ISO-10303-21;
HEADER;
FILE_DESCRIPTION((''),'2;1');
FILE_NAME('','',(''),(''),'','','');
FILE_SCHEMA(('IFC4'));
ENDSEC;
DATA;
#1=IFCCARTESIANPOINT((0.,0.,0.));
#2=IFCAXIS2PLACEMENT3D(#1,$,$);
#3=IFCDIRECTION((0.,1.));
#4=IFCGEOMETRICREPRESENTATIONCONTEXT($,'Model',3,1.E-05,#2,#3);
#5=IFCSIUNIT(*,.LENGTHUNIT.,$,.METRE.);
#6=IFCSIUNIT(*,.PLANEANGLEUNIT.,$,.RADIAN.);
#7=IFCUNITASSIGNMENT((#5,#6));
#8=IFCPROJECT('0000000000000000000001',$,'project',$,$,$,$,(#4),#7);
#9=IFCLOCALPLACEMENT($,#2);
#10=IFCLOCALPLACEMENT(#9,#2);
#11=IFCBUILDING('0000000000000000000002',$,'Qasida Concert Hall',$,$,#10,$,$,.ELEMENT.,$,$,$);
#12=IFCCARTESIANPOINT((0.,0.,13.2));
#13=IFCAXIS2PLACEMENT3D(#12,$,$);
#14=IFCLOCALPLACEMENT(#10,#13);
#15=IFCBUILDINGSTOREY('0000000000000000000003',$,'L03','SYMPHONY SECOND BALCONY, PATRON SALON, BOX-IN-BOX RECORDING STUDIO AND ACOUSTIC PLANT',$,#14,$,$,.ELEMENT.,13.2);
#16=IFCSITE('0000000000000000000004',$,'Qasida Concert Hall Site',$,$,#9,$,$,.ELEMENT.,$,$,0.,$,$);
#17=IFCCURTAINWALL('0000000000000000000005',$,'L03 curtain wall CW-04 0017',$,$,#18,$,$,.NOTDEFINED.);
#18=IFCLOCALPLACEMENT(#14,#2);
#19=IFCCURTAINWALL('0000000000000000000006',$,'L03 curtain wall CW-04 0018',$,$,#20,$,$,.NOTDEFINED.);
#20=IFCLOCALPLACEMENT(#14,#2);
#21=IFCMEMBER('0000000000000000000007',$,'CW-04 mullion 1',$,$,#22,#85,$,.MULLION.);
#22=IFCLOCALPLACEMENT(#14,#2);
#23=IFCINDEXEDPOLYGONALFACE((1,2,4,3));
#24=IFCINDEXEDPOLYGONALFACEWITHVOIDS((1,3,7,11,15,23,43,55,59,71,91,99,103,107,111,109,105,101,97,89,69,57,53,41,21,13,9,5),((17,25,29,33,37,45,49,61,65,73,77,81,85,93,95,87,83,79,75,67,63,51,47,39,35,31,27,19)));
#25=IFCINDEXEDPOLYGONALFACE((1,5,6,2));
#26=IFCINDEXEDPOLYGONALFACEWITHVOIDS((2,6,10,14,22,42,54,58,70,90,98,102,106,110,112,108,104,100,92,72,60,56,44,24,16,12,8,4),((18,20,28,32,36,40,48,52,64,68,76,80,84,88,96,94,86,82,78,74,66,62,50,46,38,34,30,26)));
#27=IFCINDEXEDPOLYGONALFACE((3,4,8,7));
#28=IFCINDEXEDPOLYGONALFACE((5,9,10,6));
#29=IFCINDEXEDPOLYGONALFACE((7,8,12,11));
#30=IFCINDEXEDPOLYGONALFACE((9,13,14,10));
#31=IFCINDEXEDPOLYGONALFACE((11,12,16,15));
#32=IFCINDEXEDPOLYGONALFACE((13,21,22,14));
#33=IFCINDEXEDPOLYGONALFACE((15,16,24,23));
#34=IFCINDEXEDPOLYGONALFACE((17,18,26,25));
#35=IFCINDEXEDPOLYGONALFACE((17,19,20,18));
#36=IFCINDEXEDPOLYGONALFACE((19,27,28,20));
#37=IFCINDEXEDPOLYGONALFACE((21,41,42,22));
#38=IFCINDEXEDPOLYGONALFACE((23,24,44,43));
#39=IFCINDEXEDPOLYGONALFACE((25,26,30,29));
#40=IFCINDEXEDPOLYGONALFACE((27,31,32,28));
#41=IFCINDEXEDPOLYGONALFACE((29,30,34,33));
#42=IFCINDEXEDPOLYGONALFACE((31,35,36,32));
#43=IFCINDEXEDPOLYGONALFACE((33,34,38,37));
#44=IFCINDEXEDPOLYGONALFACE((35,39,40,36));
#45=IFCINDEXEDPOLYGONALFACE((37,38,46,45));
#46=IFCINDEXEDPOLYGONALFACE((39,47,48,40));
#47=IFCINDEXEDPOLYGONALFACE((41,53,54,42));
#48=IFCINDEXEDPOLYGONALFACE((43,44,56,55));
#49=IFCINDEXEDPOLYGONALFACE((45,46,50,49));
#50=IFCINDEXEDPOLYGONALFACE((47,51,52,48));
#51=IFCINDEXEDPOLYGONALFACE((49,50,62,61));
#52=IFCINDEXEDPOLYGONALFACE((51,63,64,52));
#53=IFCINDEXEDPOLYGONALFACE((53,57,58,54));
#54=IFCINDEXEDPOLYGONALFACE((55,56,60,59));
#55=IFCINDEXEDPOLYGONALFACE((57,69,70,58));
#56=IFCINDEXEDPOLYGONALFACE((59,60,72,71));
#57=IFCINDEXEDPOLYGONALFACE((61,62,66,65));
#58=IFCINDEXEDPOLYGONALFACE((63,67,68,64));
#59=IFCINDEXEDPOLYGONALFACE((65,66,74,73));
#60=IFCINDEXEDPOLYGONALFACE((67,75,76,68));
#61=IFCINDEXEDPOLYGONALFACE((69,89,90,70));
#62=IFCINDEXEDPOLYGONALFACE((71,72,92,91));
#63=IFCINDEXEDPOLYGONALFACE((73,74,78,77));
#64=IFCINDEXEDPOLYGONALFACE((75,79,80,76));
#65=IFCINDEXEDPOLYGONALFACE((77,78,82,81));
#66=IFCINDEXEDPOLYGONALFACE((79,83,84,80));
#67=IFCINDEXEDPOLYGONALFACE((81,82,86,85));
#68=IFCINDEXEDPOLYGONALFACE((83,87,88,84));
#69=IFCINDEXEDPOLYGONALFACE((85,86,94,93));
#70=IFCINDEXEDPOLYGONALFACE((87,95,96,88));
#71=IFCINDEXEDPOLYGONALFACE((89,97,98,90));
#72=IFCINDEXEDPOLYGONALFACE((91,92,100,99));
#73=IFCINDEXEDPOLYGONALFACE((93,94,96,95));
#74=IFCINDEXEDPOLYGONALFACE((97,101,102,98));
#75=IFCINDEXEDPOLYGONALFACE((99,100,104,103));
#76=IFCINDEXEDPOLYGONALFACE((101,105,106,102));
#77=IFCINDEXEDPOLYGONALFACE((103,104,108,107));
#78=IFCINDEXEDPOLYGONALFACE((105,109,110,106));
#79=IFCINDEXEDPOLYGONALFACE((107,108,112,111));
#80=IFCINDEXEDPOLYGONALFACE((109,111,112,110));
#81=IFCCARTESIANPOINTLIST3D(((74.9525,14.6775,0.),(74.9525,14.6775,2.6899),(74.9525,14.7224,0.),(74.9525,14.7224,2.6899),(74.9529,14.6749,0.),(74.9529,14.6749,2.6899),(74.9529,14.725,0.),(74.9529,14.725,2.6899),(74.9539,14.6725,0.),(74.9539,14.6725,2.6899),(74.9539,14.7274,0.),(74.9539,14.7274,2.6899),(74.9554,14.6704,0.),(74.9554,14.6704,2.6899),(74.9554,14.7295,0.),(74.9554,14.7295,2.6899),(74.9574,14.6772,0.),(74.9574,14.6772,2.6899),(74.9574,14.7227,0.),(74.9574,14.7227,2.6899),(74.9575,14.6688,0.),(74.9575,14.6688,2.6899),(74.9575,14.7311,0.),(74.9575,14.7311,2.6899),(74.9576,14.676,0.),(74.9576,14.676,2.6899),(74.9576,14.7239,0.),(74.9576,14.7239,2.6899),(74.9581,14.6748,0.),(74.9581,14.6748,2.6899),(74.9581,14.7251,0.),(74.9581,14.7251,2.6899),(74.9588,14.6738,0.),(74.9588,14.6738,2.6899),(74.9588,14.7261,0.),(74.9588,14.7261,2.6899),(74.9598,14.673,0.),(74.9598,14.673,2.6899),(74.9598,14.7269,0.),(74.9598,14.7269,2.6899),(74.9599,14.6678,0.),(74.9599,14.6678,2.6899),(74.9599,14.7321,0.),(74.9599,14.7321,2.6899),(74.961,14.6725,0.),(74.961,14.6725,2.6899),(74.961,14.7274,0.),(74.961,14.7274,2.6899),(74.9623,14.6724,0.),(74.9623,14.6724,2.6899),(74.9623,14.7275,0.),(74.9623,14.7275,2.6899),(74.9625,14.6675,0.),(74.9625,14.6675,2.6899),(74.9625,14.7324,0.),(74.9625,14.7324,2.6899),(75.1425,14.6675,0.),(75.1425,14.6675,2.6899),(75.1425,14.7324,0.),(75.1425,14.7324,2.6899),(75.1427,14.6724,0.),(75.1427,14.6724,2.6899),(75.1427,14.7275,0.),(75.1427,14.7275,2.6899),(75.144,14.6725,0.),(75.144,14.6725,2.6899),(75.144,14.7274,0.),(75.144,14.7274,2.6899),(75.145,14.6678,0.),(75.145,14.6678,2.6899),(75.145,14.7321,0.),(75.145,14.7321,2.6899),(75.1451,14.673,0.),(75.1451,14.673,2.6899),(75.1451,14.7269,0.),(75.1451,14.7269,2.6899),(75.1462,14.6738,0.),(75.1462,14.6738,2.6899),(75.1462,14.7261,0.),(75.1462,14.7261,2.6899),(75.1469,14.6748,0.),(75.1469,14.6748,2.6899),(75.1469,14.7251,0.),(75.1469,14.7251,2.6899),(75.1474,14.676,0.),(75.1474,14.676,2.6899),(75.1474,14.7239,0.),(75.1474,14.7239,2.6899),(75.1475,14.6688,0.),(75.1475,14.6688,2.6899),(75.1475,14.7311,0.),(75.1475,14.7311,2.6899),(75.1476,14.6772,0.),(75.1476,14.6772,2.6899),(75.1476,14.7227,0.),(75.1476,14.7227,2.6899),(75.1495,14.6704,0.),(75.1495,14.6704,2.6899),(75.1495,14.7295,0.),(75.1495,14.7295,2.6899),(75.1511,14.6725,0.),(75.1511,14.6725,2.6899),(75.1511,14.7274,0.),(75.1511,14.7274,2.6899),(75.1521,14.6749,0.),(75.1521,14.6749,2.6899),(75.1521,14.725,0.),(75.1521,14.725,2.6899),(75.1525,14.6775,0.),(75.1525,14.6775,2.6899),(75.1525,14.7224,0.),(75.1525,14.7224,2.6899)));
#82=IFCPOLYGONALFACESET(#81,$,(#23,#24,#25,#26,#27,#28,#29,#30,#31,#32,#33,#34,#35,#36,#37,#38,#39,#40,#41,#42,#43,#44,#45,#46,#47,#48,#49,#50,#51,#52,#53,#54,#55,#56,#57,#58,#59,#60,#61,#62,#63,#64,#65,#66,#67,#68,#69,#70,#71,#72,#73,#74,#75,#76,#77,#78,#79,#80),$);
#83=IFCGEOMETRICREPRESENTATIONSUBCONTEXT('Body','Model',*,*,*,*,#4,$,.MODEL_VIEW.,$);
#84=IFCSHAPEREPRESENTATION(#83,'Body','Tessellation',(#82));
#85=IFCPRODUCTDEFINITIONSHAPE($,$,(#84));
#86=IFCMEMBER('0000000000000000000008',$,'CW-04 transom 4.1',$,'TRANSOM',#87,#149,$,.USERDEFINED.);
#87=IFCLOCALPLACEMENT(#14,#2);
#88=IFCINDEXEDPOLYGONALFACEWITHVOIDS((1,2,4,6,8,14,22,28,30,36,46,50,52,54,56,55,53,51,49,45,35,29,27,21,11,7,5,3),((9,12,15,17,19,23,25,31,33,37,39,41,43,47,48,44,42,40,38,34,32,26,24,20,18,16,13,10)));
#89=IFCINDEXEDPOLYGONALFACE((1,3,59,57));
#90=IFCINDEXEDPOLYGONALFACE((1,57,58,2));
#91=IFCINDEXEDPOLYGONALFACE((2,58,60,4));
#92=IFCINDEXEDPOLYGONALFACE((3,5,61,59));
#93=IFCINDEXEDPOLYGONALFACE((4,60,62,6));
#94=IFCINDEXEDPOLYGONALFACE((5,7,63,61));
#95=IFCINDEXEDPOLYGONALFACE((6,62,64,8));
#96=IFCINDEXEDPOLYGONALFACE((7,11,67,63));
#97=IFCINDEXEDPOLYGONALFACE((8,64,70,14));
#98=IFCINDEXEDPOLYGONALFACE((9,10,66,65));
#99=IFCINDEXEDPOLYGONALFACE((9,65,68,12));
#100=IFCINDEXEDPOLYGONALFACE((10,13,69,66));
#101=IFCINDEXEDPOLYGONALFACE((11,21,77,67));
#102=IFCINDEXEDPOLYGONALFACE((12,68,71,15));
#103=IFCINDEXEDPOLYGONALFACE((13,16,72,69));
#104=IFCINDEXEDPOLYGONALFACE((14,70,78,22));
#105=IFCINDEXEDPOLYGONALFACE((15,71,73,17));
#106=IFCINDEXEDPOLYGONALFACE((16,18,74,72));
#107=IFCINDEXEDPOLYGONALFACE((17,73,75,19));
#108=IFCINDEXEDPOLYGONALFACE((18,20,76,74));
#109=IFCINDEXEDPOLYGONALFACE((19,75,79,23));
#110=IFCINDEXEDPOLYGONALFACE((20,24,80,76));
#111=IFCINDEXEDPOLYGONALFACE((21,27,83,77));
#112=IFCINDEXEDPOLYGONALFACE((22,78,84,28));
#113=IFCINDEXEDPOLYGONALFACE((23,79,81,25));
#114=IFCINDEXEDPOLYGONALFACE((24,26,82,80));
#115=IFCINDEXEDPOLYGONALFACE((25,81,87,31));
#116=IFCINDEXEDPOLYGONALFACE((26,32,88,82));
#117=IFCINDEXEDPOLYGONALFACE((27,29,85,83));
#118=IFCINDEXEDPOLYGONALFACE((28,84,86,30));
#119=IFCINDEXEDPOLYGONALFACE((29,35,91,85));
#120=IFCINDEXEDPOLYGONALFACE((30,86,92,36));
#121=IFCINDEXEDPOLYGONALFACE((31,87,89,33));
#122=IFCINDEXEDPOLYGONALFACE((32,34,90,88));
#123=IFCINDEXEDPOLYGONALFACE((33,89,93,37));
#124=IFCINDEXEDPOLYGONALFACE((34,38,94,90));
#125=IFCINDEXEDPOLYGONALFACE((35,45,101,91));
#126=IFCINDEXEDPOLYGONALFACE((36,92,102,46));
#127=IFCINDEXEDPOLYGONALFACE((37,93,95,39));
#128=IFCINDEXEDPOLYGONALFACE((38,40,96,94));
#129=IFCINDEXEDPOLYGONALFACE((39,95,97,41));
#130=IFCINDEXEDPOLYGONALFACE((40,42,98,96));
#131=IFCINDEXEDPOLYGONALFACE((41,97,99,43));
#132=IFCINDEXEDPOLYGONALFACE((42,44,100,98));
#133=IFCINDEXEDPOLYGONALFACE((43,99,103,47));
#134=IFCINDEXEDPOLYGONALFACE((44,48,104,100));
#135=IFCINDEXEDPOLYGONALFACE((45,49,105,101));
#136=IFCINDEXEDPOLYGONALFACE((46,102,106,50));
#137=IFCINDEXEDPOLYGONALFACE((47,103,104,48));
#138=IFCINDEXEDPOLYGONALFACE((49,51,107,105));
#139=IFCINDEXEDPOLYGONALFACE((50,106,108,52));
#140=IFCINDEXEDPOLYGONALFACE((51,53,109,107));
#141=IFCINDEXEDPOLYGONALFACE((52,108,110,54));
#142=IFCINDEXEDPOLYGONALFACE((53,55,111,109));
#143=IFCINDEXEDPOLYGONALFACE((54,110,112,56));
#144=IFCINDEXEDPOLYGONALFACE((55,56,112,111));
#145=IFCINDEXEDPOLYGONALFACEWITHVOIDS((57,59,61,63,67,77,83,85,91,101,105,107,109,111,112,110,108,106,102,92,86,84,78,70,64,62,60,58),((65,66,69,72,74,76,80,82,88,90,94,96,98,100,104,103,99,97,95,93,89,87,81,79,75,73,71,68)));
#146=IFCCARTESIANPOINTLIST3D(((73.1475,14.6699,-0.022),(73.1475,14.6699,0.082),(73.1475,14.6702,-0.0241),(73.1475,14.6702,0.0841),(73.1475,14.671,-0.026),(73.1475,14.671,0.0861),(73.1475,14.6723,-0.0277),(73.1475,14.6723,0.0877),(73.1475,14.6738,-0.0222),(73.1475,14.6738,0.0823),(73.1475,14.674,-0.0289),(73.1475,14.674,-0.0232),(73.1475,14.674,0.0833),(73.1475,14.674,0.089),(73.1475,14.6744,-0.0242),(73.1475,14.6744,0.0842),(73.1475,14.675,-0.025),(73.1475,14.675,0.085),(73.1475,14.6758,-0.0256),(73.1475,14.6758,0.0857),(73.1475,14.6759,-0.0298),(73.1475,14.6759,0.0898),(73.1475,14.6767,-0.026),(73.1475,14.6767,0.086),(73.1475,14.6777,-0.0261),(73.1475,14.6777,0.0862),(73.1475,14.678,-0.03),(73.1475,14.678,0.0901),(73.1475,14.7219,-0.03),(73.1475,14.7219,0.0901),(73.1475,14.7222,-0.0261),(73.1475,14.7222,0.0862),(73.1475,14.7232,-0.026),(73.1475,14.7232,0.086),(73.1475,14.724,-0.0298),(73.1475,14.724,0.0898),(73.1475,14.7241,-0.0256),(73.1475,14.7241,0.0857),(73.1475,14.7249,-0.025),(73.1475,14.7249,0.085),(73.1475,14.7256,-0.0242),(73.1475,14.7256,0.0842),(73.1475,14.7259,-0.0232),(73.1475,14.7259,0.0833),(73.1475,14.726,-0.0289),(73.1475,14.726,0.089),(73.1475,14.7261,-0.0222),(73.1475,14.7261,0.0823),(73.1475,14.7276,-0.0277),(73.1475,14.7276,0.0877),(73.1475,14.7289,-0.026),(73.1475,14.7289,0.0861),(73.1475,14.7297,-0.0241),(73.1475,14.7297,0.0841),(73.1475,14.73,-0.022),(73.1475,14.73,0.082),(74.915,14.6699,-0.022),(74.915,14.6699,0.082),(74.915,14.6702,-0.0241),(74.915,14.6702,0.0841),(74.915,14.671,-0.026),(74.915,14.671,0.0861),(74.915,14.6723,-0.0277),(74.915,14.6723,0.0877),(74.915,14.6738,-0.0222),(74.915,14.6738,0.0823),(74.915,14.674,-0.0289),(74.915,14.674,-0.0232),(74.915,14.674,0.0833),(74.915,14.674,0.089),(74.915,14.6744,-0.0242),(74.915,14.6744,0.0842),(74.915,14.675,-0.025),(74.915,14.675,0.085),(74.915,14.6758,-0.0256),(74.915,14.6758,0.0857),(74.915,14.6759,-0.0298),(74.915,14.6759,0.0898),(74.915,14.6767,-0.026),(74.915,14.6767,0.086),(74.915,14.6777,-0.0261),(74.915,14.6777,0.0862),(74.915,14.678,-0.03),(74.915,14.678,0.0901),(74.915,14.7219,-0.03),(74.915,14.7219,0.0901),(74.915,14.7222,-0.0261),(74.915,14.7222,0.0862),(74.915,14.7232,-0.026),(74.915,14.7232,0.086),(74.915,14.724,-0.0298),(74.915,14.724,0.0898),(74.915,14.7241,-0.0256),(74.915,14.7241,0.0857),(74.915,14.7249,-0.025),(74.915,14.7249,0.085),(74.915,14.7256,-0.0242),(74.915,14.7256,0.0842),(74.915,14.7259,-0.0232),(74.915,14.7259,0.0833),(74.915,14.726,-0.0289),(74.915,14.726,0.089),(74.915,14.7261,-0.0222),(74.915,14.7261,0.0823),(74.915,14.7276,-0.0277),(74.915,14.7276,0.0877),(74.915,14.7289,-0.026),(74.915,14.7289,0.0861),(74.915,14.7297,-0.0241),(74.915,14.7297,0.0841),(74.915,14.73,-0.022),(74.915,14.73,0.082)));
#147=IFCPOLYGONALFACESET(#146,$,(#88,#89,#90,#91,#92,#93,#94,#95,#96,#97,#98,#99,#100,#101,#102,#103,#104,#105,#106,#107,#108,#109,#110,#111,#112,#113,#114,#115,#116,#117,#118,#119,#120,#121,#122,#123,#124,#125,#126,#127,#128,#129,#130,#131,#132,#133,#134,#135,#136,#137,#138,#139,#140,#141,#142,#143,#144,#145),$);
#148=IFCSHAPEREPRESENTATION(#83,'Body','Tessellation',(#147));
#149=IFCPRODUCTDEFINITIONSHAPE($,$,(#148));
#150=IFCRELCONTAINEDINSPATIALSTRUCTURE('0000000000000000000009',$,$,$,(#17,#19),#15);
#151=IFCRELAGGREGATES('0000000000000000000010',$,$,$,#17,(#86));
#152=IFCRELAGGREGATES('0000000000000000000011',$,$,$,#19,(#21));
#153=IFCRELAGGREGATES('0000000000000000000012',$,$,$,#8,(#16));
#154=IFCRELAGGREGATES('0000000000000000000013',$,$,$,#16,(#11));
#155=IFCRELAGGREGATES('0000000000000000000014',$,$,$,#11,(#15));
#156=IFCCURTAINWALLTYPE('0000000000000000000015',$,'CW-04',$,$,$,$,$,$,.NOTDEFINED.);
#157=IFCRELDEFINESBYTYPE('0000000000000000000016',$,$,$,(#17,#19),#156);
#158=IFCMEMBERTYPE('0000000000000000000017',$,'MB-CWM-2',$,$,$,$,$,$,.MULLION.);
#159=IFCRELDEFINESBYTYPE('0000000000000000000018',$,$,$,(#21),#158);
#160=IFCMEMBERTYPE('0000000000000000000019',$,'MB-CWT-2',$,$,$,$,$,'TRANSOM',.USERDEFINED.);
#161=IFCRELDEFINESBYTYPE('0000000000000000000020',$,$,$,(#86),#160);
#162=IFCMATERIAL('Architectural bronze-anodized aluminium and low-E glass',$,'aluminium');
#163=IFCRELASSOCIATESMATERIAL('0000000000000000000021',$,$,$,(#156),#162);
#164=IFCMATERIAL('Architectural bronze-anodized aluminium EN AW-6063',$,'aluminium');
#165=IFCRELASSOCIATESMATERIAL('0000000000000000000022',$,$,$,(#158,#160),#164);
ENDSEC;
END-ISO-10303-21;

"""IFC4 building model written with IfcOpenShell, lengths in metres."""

from ifc_helpers import new_model, si_unit, direction, frame, origin, origin_2d, place, context, subcontext, project, spatial, hollow_rectangle, extrude, material, material_profile, profile_set, type_object, element, aggregate, save


model = new_model("IFC4")

# Units and contexts
model_context = context("Model", 3, precision=1e-05, world=origin(), true_north=direction((0.0, 1.0)))
body_context = subcontext(model_context, "Body", "Model", "MODEL_VIEW")
ifc_project = project(units=[si_unit("LENGTHUNIT", "METRE"), si_unit("PLANEANGLEUNIT", "RADIAN")], contexts=[model_context])

# Site, building, storey
site_placement = place(None, origin())
site = spatial("IfcSite", under=ifc_project, at=site_placement, Name="Qasida Concert Hall Site", CompositionType="ELEMENT", RefElevation=0.0)
building_placement = place(site_placement, origin())
building = spatial("IfcBuilding", under=site, at=building_placement, Name="Qasida Concert Hall", CompositionType="ELEMENT")
storey_placement = place(building_placement, frame((0.0, 0.0, 13.2)))
storey = spatial("IfcBuildingStorey", under=building, at=storey_placement, Name="L03", Description="SYMPHONY SECOND BALCONY, PATRON SALON, BOX-IN-BOX RECORDING STUDIO AND ACOUSTIC PLANT", CompositionType="ELEMENT", Elevation=13.2)

# Curtain wall
ifc_material_1 = material(Name="Architectural bronze-anodized aluminium and low-E glass", Category="aluminium")
curtain_wall_type = type_object("IfcCurtainWallType", Name="CW-04", PredefinedType="NOTDEFINED", material=ifc_material_1)
curtain_wall_1_placement = place(storey_placement, origin())
curtain_wall_1 = element("IfcCurtainWall", 1, at=curtain_wall_1_placement, inside=storey, type_object=curtain_wall_type, Name="L03 curtain wall CW-04 0017", PredefinedType="NOTDEFINED")
ifc_material_2 = material(Name="Architectural bronze-anodized aluminium EN AW-6063", Category="aluminium")
ifc_material_profile_1 = material_profile(ifc_material_2, hollow_rectangle(XDim=0.0649, YDim=0.2, WallThickness=0.0049, InnerFilletRadius=0.0049, OuterFilletRadius=0.01, at=origin_2d()), Name="CWM 200x65x5")
ifc_profile_set_1 = profile_set([ifc_material_profile_1], Name="Architectural bronze-anodized aluminium EN AW-6063")
member_type_1 = type_object("IfcMemberType", Name="MB-CWM-2", PredefinedType="MULLION", material=ifc_profile_set_1)

# Curtain wall, member
curtain_wall_2_placement = place(storey_placement, origin())
curtain_wall_2 = element("IfcCurtainWall", 2, at=curtain_wall_2_placement, inside=storey, type_object=curtain_wall_type, Name="L03 curtain wall CW-04 0018", PredefinedType="NOTDEFINED")
member_1_placement = place(storey_placement, frame((75.0525, 14.7, 0.0), z_axis=(0.0, 0.0, 1.0), x_axis=(0.0, 1.0, 0.0)))
member_1 = element("IfcMember", 3, at=member_1_placement, type_object=member_type_1, Name="CW-04 mullion 1", PredefinedType="MULLION", context=body_context, shape_type="SweptSolid", body=[
    extrude(hollow_rectangle(XDim=0.0649, YDim=0.2, WallThickness=0.0049, InnerFilletRadius=0.0049, OuterFilletRadius=0.01, at=origin_2d()), origin(), (0.0, 0.0, 1.0), 2.6899),
])

# Member
ifc_material_profile_2 = material_profile(ifc_material_2, hollow_rectangle(XDim=0.0601, YDim=0.1201, WallThickness=0.0039, InnerFilletRadius=0.0039, OuterFilletRadius=0.0081, at=origin_2d()), Name="CWT 120x60x4")
ifc_profile_set_2 = profile_set([ifc_material_profile_2], Name="Architectural bronze-anodized aluminium EN AW-6063")
member_type_2 = type_object("IfcMemberType", Name="MB-CWT-2", ElementType="TRANSOM", PredefinedType="USERDEFINED", material=ifc_profile_set_2)
member_2_placement = place(storey_placement, frame((73.1475, 14.7, 0.03), z_axis=(1.0, 0.0, 0.0), x_axis=(0.0, 1.0, 0.0)))
member_2 = element("IfcMember", 4, at=member_2_placement, type_object=member_type_2, Name="CW-04 transom 4.1", ObjectType="TRANSOM", PredefinedType="USERDEFINED", context=body_context, shape_type="SweptSolid", body=[
    extrude(hollow_rectangle(XDim=0.0601, YDim=0.1201, WallThickness=0.0039, InnerFilletRadius=0.0039, OuterFilletRadius=0.0081, at=origin_2d()), origin(), (0.0, 0.0, 1.0), 1.7676),
])

aggregate(curtain_wall_1, [member_2])
aggregate(curtain_wall_2, [member_1])

save(model, "model.ifc")
